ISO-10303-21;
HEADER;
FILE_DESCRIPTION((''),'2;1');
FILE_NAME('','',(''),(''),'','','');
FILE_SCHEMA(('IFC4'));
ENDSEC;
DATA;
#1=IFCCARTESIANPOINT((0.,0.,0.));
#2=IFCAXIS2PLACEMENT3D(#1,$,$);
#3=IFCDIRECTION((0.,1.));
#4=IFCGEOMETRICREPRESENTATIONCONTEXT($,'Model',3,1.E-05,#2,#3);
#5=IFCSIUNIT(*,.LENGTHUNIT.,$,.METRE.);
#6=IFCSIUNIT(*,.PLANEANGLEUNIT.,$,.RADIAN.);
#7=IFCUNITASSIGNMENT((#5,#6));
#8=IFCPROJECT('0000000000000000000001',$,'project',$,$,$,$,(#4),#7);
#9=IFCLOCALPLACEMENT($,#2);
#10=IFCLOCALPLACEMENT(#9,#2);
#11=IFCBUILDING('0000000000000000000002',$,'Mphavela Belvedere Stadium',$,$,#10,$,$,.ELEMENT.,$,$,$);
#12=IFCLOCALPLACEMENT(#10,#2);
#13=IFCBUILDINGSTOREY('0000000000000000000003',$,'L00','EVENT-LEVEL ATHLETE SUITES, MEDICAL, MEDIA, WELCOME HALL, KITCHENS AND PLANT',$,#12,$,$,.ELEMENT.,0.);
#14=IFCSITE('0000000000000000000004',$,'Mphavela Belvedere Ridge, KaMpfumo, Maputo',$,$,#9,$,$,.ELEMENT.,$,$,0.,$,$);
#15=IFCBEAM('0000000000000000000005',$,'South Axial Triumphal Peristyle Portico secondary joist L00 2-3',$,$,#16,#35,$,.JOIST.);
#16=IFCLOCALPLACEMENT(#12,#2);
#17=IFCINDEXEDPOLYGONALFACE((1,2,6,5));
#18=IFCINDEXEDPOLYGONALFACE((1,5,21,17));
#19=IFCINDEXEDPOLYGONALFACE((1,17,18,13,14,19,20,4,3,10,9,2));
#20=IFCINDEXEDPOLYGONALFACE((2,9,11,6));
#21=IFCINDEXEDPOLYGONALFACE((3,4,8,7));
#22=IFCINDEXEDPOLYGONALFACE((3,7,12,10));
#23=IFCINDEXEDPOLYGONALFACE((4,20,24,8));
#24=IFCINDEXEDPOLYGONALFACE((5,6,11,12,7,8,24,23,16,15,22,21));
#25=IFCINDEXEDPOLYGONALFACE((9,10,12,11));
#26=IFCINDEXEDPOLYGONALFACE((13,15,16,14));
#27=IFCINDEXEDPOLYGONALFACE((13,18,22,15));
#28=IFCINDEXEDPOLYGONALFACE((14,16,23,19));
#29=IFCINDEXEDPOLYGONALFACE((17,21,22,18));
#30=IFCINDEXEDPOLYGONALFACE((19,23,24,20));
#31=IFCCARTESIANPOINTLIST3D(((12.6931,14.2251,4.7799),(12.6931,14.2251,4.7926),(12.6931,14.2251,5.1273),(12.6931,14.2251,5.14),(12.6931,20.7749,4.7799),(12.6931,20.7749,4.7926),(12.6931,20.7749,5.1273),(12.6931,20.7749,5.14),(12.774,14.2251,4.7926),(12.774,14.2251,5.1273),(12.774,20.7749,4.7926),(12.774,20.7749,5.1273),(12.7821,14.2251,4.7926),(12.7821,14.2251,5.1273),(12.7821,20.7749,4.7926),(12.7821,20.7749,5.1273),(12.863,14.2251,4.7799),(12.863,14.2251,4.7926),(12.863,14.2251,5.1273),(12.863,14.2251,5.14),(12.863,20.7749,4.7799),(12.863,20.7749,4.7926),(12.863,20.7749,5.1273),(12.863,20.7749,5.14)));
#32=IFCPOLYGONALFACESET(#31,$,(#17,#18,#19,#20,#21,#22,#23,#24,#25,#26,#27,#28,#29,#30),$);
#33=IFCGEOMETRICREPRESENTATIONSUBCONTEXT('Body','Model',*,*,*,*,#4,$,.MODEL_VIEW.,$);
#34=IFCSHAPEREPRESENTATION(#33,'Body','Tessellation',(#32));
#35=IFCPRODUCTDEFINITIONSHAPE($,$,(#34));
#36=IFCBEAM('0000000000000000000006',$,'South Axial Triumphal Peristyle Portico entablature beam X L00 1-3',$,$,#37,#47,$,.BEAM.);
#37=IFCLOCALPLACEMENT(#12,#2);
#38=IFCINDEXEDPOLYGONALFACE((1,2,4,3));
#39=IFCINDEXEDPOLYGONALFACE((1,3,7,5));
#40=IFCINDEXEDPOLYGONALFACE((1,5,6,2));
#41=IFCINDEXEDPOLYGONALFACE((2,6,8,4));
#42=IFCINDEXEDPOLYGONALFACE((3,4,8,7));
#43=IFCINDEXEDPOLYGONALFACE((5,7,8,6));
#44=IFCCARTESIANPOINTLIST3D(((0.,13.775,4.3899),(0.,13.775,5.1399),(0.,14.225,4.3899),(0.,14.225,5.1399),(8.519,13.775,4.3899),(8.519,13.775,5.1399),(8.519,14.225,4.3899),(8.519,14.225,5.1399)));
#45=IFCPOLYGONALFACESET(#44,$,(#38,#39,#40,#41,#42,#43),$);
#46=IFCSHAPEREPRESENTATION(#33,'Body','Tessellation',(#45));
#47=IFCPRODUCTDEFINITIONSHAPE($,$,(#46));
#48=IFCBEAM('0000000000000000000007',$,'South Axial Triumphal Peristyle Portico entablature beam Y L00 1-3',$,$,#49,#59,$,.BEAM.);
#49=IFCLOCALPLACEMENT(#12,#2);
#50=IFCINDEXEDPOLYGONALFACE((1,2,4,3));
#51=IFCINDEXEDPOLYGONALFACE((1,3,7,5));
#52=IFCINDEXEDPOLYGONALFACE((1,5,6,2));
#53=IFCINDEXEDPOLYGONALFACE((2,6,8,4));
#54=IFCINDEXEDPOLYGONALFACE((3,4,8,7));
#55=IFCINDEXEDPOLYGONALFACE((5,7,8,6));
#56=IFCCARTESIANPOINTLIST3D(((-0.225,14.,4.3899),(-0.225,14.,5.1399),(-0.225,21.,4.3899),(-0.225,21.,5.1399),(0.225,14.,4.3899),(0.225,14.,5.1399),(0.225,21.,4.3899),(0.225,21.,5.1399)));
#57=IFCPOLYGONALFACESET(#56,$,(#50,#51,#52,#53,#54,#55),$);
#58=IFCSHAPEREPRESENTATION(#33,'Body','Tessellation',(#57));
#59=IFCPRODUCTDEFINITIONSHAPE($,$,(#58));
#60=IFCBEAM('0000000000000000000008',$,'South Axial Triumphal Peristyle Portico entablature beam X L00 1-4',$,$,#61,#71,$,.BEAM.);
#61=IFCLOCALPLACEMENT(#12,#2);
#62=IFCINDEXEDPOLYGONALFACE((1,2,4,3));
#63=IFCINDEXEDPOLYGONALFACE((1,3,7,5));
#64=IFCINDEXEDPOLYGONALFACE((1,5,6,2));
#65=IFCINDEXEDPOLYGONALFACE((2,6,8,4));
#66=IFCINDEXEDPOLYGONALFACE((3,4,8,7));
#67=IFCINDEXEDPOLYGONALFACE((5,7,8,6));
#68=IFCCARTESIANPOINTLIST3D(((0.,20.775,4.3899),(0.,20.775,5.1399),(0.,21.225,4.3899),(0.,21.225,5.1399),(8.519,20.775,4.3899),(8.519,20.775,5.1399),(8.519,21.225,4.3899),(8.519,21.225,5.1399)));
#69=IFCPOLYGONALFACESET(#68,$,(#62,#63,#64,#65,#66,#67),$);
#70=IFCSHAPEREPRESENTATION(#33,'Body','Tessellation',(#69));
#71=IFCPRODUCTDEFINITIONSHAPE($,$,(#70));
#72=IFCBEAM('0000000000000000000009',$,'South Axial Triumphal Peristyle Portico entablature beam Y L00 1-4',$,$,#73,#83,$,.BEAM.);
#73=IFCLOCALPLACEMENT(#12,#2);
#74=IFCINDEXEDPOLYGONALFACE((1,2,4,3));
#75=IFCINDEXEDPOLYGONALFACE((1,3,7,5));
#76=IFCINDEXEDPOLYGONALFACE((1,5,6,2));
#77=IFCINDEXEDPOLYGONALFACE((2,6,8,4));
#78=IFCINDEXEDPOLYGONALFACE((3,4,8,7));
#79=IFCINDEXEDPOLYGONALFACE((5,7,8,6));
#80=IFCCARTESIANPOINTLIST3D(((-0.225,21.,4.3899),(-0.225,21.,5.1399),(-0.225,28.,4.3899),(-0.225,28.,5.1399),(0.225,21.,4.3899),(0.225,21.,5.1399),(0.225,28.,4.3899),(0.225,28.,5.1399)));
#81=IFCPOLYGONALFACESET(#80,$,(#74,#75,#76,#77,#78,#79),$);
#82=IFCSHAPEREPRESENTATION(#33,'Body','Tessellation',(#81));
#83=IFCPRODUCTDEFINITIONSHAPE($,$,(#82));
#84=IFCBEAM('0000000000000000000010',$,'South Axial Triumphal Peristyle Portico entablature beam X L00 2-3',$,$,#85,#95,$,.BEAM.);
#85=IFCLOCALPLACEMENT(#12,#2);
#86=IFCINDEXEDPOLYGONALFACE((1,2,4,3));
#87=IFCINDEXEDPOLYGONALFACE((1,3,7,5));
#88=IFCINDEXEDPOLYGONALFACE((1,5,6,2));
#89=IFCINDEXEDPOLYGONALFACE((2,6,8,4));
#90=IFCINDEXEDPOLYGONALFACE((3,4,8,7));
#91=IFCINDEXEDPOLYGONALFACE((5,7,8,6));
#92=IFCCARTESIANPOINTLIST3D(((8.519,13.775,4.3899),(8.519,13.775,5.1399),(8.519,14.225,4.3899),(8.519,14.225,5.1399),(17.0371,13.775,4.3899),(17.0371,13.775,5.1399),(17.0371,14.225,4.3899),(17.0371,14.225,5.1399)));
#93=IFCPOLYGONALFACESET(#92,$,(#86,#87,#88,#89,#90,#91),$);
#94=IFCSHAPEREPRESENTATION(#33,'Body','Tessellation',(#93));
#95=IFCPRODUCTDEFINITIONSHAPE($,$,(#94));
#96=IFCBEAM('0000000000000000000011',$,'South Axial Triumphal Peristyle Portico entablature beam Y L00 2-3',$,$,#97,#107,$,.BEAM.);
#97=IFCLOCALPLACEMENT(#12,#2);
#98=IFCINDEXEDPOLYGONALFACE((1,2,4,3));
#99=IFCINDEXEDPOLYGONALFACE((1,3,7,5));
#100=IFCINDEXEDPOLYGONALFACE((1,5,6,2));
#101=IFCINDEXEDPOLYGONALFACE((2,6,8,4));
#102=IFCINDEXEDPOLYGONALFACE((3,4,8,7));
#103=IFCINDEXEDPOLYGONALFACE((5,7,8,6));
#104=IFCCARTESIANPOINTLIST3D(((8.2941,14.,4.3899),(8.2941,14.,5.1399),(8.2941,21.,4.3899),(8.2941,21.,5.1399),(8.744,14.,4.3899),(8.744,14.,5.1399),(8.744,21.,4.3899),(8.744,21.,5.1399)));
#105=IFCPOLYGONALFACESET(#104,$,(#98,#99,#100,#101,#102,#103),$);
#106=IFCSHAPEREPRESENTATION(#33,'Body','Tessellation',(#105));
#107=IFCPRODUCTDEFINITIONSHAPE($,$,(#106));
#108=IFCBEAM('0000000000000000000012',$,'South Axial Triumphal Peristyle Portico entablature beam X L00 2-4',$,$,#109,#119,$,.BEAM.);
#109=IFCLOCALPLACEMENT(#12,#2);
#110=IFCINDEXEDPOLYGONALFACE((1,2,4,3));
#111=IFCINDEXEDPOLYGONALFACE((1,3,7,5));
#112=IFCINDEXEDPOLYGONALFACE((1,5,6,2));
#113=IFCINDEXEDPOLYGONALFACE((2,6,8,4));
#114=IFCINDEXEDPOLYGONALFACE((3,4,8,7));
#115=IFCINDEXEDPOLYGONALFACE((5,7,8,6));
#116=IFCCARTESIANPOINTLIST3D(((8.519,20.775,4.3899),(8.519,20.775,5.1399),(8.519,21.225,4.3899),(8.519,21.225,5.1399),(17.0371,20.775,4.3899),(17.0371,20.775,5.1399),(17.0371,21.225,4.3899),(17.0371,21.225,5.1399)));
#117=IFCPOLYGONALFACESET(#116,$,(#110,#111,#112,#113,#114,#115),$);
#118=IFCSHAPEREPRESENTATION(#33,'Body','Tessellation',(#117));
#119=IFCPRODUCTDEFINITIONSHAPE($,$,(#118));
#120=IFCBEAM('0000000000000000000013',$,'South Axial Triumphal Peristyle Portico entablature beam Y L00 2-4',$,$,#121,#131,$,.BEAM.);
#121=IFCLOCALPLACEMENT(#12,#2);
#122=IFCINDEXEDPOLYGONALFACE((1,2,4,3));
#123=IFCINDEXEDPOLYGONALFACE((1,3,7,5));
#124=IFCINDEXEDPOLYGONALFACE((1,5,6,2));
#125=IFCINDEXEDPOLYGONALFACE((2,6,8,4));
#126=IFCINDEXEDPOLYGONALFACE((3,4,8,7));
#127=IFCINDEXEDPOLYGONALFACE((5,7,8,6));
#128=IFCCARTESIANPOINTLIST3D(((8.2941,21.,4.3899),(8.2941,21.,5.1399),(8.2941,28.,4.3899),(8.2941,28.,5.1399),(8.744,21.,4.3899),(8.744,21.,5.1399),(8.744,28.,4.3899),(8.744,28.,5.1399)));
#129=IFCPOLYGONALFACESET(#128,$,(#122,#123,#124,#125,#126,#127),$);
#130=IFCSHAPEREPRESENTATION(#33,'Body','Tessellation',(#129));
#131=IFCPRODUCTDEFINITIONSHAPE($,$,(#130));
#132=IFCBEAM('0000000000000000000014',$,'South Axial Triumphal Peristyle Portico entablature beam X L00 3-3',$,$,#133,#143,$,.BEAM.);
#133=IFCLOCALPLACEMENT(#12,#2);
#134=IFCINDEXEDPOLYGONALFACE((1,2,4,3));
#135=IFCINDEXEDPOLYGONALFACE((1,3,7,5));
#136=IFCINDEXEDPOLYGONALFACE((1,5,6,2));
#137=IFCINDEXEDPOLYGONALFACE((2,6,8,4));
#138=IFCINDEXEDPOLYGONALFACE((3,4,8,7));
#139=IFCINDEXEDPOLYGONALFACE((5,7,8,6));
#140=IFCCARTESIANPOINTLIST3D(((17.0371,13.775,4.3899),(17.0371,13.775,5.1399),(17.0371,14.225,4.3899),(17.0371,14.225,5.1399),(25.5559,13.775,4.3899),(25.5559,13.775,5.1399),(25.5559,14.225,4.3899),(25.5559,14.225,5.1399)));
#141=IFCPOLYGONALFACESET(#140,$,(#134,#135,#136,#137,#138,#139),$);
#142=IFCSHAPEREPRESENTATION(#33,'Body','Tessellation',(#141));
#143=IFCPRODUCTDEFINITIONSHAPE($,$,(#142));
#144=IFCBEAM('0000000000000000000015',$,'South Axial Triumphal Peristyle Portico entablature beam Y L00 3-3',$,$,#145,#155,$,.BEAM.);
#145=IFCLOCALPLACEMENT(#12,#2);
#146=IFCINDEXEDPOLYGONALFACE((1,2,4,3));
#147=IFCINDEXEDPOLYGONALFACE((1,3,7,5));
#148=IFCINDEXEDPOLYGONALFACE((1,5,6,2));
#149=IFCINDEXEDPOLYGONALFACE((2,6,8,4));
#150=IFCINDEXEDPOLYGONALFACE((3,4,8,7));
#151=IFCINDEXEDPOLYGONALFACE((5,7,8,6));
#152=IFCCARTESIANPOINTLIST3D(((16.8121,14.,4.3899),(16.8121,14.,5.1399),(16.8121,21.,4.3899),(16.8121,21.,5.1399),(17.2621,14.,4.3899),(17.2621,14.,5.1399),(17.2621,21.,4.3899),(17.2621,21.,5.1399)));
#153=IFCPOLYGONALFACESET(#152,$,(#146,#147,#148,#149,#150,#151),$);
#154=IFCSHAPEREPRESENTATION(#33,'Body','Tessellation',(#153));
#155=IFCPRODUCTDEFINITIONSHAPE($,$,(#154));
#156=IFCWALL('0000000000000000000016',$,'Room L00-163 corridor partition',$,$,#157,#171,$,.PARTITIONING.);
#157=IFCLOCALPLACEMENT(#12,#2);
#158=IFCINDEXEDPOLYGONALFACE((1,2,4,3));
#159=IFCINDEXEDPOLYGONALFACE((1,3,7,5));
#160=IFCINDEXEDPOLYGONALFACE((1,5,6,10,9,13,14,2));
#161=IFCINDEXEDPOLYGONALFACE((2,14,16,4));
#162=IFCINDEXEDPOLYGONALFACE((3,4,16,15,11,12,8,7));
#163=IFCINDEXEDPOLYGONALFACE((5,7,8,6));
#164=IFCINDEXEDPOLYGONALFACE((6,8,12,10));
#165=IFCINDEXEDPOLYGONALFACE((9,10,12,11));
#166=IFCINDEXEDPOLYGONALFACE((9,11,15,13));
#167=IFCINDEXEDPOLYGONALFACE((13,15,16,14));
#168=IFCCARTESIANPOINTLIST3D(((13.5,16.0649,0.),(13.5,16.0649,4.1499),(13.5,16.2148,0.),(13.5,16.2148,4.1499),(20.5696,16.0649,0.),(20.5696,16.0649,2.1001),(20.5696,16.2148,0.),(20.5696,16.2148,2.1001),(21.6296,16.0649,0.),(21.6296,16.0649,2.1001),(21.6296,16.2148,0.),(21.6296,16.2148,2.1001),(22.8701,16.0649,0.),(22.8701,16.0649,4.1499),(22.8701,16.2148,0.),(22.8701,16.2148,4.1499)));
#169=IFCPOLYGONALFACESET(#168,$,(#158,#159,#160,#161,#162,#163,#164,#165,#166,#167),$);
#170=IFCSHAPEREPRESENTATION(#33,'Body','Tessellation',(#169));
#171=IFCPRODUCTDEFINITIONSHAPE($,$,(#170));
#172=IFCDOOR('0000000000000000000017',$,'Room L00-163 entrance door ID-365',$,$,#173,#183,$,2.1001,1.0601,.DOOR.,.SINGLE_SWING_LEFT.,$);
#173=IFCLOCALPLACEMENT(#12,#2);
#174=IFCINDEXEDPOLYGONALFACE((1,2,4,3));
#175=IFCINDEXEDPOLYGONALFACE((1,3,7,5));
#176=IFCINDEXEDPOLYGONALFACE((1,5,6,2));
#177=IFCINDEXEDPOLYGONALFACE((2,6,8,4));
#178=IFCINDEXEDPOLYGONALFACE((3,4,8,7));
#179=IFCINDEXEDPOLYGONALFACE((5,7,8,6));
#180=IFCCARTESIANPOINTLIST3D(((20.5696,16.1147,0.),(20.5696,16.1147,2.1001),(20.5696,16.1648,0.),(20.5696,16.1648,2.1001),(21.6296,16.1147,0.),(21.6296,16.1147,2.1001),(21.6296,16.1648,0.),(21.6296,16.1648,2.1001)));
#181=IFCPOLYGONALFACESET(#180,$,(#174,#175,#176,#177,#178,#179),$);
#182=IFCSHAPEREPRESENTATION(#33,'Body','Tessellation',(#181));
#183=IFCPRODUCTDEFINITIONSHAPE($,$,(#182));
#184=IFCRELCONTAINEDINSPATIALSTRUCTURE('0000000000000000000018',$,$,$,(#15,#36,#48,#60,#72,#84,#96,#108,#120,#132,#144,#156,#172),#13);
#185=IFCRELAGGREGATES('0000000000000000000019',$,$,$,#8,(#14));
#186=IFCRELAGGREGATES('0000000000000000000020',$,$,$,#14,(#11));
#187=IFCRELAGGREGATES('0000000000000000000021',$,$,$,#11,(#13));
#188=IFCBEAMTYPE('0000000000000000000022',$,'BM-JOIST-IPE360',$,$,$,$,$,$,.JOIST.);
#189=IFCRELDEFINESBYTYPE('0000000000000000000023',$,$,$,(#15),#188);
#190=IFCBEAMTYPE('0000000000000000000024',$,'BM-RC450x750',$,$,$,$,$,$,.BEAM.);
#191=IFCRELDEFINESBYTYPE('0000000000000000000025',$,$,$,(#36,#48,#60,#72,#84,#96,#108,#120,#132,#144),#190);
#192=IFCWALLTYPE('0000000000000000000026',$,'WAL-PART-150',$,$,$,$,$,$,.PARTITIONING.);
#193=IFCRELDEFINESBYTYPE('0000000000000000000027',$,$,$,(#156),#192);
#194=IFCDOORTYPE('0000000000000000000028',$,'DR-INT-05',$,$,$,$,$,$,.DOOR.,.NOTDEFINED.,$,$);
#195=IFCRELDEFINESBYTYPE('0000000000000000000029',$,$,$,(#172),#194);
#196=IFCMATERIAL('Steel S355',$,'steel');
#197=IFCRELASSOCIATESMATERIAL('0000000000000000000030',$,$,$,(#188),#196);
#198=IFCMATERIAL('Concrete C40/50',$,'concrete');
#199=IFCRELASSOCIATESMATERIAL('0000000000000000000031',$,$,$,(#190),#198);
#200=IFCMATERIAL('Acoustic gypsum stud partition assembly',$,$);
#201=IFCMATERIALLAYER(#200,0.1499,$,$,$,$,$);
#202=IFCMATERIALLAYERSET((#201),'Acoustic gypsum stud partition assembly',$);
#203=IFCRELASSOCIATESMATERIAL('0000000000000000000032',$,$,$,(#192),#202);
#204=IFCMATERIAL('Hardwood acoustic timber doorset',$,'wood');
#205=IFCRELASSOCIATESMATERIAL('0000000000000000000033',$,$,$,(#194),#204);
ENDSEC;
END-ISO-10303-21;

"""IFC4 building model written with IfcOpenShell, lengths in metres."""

from ifc_helpers import new_model, si_unit, direction, frame, frame_2d, origin, origin_2d, place, context, subcontext, project, spatial, rectangle, i_section, extrude, material, layer, layer_set, material_profile, profile_set, type_object, element, fill, save


model = new_model("IFC4")

# Units and contexts
model_context = context("Model", 3, precision=1e-05, world=origin(), true_north=direction((0.0, 1.0)))
body_context = subcontext(model_context, "Body", "Model", "MODEL_VIEW")
ifc_project = project(units=[si_unit("LENGTHUNIT", "METRE"), si_unit("PLANEANGLEUNIT", "RADIAN")], contexts=[model_context])

# Site, building, storey
site_placement = place(None, origin())
site = spatial("IfcSite", under=ifc_project, at=site_placement, Name="Mphavela Belvedere Ridge, KaMpfumo, Maputo", CompositionType="ELEMENT", RefElevation=0.0)
building_placement = place(site_placement, origin())
building = spatial("IfcBuilding", under=site, at=building_placement, Name="Mphavela Belvedere Stadium", CompositionType="ELEMENT")
storey_placement = place(building_placement, origin())
storey = spatial("IfcBuildingStorey", under=building, at=storey_placement, Name="L00", Description="EVENT-LEVEL ATHLETE SUITES, MEDICAL, MEDIA, WELCOME HALL, KITCHENS AND PLANT", CompositionType="ELEMENT", Elevation=0.0)

# Beams
ifc_material_1 = material(Name="Steel S355", Category="steel")
ifc_material_profile_1 = material_profile(ifc_material_1, i_section(OverallWidth=0.1699, OverallDepth=0.3601, WebThickness=0.0081, FlangeThickness=0.0127, at=origin_2d()), Name="IPE 360")
ifc_profile_set_1 = profile_set([ifc_material_profile_1], Name="Steel S355")
beam_type_1 = type_object("IfcBeamType", Name="BM-JOIST-IPE360", PredefinedType="JOIST", material=ifc_profile_set_1)
for number, where, z_axis, x_axis, name in (
    (1, (12.7781, 14.2251, 4.96), (0.0, 1.0, 0.0), (-1.0, 0.0, 0.0), "South Axial Triumphal Peristyle Portico secondary joist L00 2-3"),
):
    element("IfcBeam", number, at=place(storey_placement, frame(where, z_axis=z_axis, x_axis=x_axis)), inside=storey, type_object=beam_type_1, Name=name, PredefinedType="JOIST", context=body_context, shape_type="SweptSolid", body=[
        extrude(i_section(OverallWidth=0.1699, OverallDepth=0.3601, WebThickness=0.0081, FlangeThickness=0.0127, at=origin_2d()), origin(), (0.0, 0.0, 1.0), 6.5498),
    ])
ifc_material_2 = material(Name="Concrete C40/50", Category="concrete")
ifc_material_profile_2 = material_profile(ifc_material_2, rectangle(XDim=0.45, YDim=0.75, at=origin_2d()), Name="RC 450x750")
ifc_profile_set_2 = profile_set([ifc_material_profile_2], Name="Concrete C40/50")
beam_type_2 = type_object("IfcBeamType", Name="BM-RC450x750", PredefinedType="BEAM", material=ifc_profile_set_2)
beam_1_placement = place(storey_placement, frame((0.0, 14.0, 4.7649), z_axis=(1.0, 0.0, 0.0), x_axis=(0.0, 1.0, 0.0)))
element("IfcBeam", 2, at=beam_1_placement, inside=storey, type_object=beam_type_2, Name="South Axial Triumphal Peristyle Portico entablature beam X L00 1-3", PredefinedType="BEAM", context=body_context, shape_type="SweptSolid", body=[
    extrude(rectangle(XDim=0.45, YDim=0.75, at=origin_2d()), origin(), (0.0, 0.0, 1.0), 8.519),
])
beam_2_placement = place(storey_placement, frame((0.0, 14.0, 4.7649), z_axis=(0.0, 1.0, 0.0), x_axis=(-1.0, 0.0, 0.0)))
element("IfcBeam", 3, at=beam_2_placement, inside=storey, type_object=beam_type_2, Name="South Axial Triumphal Peristyle Portico entablature beam Y L00 1-3", PredefinedType="BEAM", context=body_context, shape_type="SweptSolid", body=[
    extrude(rectangle(XDim=0.45, YDim=0.75, at=origin_2d()), origin(), (0.0, 0.0, 1.0), 7.0),
])
beam_3_placement = place(storey_placement, frame((0.0, 21.0, 4.7649), z_axis=(1.0, 0.0, 0.0), x_axis=(0.0, 1.0, 0.0)))
element("IfcBeam", 4, at=beam_3_placement, inside=storey, type_object=beam_type_2, Name="South Axial Triumphal Peristyle Portico entablature beam X L00 1-4", PredefinedType="BEAM", context=body_context, shape_type="SweptSolid", body=[
    extrude(rectangle(XDim=0.45, YDim=0.75, at=origin_2d()), origin(), (0.0, 0.0, 1.0), 8.519),
])
beam_4_placement = place(storey_placement, frame((0.0, 21.0, 4.7649), z_axis=(0.0, 1.0, 0.0), x_axis=(-1.0, 0.0, 0.0)))
element("IfcBeam", 5, at=beam_4_placement, inside=storey, type_object=beam_type_2, Name="South Axial Triumphal Peristyle Portico entablature beam Y L00 1-4", PredefinedType="BEAM", context=body_context, shape_type="SweptSolid", body=[
    extrude(rectangle(XDim=0.45, YDim=0.75, at=origin_2d()), origin(), (0.0, 0.0, 1.0), 7.0),
])
beam_5_placement = place(storey_placement, frame((8.519, 14.0, 4.7649), z_axis=(1.0, 0.0, 0.0), x_axis=(0.0, 1.0, 0.0)))
element("IfcBeam", 6, at=beam_5_placement, inside=storey, type_object=beam_type_2, Name="South Axial Triumphal Peristyle Portico entablature beam X L00 2-3", PredefinedType="BEAM", context=body_context, shape_type="SweptSolid", body=[
    extrude(rectangle(XDim=0.45, YDim=0.75, at=origin_2d()), origin(), (0.0, 0.0, 1.0), 8.5181),
])
beam_6_placement = place(storey_placement, frame((8.519, 14.0, 4.7649), z_axis=(0.0, 1.0, 0.0), x_axis=(-1.0, 0.0, 0.0)))
element("IfcBeam", 7, at=beam_6_placement, inside=storey, type_object=beam_type_2, Name="South Axial Triumphal Peristyle Portico entablature beam Y L00 2-3", PredefinedType="BEAM", context=body_context, shape_type="SweptSolid", body=[
    extrude(rectangle(XDim=0.45, YDim=0.75, at=origin_2d()), origin(), (0.0, 0.0, 1.0), 7.0),
])
beam_7_placement = place(storey_placement, frame((8.519, 21.0, 4.7649), z_axis=(1.0, 0.0, 0.0), x_axis=(0.0, 1.0, 0.0)))
element("IfcBeam", 8, at=beam_7_placement, inside=storey, type_object=beam_type_2, Name="South Axial Triumphal Peristyle Portico entablature beam X L00 2-4", PredefinedType="BEAM", context=body_context, shape_type="SweptSolid", body=[
    extrude(rectangle(XDim=0.45, YDim=0.75, at=origin_2d()), origin(), (0.0, 0.0, 1.0), 8.5181),
])
beam_8_placement = place(storey_placement, frame((8.519, 21.0, 4.7649), z_axis=(0.0, 1.0, 0.0), x_axis=(-1.0, 0.0, 0.0)))
element("IfcBeam", 9, at=beam_8_placement, inside=storey, type_object=beam_type_2, Name="South Axial Triumphal Peristyle Portico entablature beam Y L00 2-4", PredefinedType="BEAM", context=body_context, shape_type="SweptSolid", body=[
    extrude(rectangle(XDim=0.45, YDim=0.75, at=origin_2d()), origin(), (0.0, 0.0, 1.0), 7.0),
])
beam_9_placement = place(storey_placement, frame((17.0371, 14.0, 4.7649), z_axis=(1.0, 0.0, 0.0), x_axis=(0.0, 1.0, 0.0)))
element("IfcBeam", 10, at=beam_9_placement, inside=storey, type_object=beam_type_2, Name="South Axial Triumphal Peristyle Portico entablature beam X L00 3-3", PredefinedType="BEAM", context=body_context, shape_type="SweptSolid", body=[
    extrude(rectangle(XDim=0.45, YDim=0.75, at=origin_2d()), origin(), (0.0, 0.0, 1.0), 8.5188),
])
beam_10_placement = place(storey_placement, frame((17.0371, 14.0, 4.7649), z_axis=(0.0, 1.0, 0.0), x_axis=(-1.0, 0.0, 0.0)))
element("IfcBeam", 11, at=beam_10_placement, inside=storey, type_object=beam_type_2, Name="South Axial Triumphal Peristyle Portico entablature beam Y L00 3-3", PredefinedType="BEAM", context=body_context, shape_type="SweptSolid", body=[
    extrude(rectangle(XDim=0.45, YDim=0.75, at=origin_2d()), origin(), (0.0, 0.0, 1.0), 7.0),
])

# Wall, opening, door
ifc_material_3 = material(Name="Acoustic gypsum stud partition assembly")
ifc_layer = layer(ifc_material_3, 0.1499)
ifc_layer_set = layer_set([ifc_layer], Name="Acoustic gypsum stud partition assembly")
wall_type = type_object("IfcWallType", Name="WAL-PART-150", PredefinedType="PARTITIONING", material=ifc_layer_set)
wall_1_placement = place(storey_placement, frame((13.5, 16.1399, 0.0), z_axis=(0.0, 0.0, 1.0), x_axis=(1.0, 0.0, 0.0)))
wall_1 = element("IfcWall", 12, at=wall_1_placement, inside=storey, type_object=wall_type, Name="Room L00-163 corridor partition", PredefinedType="PARTITIONING", context=body_context, shape_type="SweptSolid", body=[
    extrude(rectangle(XDim=9.3701, YDim=0.1499, at=frame_2d((4.6851, 0.0))), origin(), (0.0, 0.0, 1.0), 4.1499),
])
opening_placement = place(wall_1_placement, frame((7.0696, 0.0, 0.0)))
opening = element("IfcOpeningElement", 13, at=opening_placement, cuts=wall_1, PredefinedType="OPENING", context=body_context, shape_type="SweptSolid", body=[
    extrude(rectangle(XDim=1.0601, YDim=2.1001, at=frame_2d((0.53, 1.05))), frame((0.0, 0.085, 0.0), z_axis=(0.0, -1.0, 0.0), x_axis=(1.0, 0.0, 0.0)), (0.0, 0.0, 1.0), 0.1699),
])
ifc_material_4 = material(Name="Hardwood acoustic timber doorset", Category="wood")
door_type = type_object("IfcDoorType", Name="DR-INT-05", OperationType="NOTDEFINED", PredefinedType="DOOR", material=ifc_material_4)
door_placement = place(opening_placement, origin())
door = element("IfcDoor", 14, at=door_placement, inside=storey, type_object=door_type, Name="Room L00-163 entrance door ID-365", OperationType="SINGLE_SWING_LEFT", OverallHeight=2.1001, OverallWidth=1.0601, PredefinedType="DOOR", context=body_context, shape_type="SweptSolid", body=[
    extrude(rectangle(XDim=1.0601, YDim=2.1001, at=frame_2d((0.53, 1.05))), frame((0.0, 0.0249, 0.0), z_axis=(0.0, -1.0, 0.0), x_axis=(1.0, 0.0, 0.0)), (0.0, 0.0, 1.0), 0.05),
])
fill(opening, door)

save(model, "model.ifc")
